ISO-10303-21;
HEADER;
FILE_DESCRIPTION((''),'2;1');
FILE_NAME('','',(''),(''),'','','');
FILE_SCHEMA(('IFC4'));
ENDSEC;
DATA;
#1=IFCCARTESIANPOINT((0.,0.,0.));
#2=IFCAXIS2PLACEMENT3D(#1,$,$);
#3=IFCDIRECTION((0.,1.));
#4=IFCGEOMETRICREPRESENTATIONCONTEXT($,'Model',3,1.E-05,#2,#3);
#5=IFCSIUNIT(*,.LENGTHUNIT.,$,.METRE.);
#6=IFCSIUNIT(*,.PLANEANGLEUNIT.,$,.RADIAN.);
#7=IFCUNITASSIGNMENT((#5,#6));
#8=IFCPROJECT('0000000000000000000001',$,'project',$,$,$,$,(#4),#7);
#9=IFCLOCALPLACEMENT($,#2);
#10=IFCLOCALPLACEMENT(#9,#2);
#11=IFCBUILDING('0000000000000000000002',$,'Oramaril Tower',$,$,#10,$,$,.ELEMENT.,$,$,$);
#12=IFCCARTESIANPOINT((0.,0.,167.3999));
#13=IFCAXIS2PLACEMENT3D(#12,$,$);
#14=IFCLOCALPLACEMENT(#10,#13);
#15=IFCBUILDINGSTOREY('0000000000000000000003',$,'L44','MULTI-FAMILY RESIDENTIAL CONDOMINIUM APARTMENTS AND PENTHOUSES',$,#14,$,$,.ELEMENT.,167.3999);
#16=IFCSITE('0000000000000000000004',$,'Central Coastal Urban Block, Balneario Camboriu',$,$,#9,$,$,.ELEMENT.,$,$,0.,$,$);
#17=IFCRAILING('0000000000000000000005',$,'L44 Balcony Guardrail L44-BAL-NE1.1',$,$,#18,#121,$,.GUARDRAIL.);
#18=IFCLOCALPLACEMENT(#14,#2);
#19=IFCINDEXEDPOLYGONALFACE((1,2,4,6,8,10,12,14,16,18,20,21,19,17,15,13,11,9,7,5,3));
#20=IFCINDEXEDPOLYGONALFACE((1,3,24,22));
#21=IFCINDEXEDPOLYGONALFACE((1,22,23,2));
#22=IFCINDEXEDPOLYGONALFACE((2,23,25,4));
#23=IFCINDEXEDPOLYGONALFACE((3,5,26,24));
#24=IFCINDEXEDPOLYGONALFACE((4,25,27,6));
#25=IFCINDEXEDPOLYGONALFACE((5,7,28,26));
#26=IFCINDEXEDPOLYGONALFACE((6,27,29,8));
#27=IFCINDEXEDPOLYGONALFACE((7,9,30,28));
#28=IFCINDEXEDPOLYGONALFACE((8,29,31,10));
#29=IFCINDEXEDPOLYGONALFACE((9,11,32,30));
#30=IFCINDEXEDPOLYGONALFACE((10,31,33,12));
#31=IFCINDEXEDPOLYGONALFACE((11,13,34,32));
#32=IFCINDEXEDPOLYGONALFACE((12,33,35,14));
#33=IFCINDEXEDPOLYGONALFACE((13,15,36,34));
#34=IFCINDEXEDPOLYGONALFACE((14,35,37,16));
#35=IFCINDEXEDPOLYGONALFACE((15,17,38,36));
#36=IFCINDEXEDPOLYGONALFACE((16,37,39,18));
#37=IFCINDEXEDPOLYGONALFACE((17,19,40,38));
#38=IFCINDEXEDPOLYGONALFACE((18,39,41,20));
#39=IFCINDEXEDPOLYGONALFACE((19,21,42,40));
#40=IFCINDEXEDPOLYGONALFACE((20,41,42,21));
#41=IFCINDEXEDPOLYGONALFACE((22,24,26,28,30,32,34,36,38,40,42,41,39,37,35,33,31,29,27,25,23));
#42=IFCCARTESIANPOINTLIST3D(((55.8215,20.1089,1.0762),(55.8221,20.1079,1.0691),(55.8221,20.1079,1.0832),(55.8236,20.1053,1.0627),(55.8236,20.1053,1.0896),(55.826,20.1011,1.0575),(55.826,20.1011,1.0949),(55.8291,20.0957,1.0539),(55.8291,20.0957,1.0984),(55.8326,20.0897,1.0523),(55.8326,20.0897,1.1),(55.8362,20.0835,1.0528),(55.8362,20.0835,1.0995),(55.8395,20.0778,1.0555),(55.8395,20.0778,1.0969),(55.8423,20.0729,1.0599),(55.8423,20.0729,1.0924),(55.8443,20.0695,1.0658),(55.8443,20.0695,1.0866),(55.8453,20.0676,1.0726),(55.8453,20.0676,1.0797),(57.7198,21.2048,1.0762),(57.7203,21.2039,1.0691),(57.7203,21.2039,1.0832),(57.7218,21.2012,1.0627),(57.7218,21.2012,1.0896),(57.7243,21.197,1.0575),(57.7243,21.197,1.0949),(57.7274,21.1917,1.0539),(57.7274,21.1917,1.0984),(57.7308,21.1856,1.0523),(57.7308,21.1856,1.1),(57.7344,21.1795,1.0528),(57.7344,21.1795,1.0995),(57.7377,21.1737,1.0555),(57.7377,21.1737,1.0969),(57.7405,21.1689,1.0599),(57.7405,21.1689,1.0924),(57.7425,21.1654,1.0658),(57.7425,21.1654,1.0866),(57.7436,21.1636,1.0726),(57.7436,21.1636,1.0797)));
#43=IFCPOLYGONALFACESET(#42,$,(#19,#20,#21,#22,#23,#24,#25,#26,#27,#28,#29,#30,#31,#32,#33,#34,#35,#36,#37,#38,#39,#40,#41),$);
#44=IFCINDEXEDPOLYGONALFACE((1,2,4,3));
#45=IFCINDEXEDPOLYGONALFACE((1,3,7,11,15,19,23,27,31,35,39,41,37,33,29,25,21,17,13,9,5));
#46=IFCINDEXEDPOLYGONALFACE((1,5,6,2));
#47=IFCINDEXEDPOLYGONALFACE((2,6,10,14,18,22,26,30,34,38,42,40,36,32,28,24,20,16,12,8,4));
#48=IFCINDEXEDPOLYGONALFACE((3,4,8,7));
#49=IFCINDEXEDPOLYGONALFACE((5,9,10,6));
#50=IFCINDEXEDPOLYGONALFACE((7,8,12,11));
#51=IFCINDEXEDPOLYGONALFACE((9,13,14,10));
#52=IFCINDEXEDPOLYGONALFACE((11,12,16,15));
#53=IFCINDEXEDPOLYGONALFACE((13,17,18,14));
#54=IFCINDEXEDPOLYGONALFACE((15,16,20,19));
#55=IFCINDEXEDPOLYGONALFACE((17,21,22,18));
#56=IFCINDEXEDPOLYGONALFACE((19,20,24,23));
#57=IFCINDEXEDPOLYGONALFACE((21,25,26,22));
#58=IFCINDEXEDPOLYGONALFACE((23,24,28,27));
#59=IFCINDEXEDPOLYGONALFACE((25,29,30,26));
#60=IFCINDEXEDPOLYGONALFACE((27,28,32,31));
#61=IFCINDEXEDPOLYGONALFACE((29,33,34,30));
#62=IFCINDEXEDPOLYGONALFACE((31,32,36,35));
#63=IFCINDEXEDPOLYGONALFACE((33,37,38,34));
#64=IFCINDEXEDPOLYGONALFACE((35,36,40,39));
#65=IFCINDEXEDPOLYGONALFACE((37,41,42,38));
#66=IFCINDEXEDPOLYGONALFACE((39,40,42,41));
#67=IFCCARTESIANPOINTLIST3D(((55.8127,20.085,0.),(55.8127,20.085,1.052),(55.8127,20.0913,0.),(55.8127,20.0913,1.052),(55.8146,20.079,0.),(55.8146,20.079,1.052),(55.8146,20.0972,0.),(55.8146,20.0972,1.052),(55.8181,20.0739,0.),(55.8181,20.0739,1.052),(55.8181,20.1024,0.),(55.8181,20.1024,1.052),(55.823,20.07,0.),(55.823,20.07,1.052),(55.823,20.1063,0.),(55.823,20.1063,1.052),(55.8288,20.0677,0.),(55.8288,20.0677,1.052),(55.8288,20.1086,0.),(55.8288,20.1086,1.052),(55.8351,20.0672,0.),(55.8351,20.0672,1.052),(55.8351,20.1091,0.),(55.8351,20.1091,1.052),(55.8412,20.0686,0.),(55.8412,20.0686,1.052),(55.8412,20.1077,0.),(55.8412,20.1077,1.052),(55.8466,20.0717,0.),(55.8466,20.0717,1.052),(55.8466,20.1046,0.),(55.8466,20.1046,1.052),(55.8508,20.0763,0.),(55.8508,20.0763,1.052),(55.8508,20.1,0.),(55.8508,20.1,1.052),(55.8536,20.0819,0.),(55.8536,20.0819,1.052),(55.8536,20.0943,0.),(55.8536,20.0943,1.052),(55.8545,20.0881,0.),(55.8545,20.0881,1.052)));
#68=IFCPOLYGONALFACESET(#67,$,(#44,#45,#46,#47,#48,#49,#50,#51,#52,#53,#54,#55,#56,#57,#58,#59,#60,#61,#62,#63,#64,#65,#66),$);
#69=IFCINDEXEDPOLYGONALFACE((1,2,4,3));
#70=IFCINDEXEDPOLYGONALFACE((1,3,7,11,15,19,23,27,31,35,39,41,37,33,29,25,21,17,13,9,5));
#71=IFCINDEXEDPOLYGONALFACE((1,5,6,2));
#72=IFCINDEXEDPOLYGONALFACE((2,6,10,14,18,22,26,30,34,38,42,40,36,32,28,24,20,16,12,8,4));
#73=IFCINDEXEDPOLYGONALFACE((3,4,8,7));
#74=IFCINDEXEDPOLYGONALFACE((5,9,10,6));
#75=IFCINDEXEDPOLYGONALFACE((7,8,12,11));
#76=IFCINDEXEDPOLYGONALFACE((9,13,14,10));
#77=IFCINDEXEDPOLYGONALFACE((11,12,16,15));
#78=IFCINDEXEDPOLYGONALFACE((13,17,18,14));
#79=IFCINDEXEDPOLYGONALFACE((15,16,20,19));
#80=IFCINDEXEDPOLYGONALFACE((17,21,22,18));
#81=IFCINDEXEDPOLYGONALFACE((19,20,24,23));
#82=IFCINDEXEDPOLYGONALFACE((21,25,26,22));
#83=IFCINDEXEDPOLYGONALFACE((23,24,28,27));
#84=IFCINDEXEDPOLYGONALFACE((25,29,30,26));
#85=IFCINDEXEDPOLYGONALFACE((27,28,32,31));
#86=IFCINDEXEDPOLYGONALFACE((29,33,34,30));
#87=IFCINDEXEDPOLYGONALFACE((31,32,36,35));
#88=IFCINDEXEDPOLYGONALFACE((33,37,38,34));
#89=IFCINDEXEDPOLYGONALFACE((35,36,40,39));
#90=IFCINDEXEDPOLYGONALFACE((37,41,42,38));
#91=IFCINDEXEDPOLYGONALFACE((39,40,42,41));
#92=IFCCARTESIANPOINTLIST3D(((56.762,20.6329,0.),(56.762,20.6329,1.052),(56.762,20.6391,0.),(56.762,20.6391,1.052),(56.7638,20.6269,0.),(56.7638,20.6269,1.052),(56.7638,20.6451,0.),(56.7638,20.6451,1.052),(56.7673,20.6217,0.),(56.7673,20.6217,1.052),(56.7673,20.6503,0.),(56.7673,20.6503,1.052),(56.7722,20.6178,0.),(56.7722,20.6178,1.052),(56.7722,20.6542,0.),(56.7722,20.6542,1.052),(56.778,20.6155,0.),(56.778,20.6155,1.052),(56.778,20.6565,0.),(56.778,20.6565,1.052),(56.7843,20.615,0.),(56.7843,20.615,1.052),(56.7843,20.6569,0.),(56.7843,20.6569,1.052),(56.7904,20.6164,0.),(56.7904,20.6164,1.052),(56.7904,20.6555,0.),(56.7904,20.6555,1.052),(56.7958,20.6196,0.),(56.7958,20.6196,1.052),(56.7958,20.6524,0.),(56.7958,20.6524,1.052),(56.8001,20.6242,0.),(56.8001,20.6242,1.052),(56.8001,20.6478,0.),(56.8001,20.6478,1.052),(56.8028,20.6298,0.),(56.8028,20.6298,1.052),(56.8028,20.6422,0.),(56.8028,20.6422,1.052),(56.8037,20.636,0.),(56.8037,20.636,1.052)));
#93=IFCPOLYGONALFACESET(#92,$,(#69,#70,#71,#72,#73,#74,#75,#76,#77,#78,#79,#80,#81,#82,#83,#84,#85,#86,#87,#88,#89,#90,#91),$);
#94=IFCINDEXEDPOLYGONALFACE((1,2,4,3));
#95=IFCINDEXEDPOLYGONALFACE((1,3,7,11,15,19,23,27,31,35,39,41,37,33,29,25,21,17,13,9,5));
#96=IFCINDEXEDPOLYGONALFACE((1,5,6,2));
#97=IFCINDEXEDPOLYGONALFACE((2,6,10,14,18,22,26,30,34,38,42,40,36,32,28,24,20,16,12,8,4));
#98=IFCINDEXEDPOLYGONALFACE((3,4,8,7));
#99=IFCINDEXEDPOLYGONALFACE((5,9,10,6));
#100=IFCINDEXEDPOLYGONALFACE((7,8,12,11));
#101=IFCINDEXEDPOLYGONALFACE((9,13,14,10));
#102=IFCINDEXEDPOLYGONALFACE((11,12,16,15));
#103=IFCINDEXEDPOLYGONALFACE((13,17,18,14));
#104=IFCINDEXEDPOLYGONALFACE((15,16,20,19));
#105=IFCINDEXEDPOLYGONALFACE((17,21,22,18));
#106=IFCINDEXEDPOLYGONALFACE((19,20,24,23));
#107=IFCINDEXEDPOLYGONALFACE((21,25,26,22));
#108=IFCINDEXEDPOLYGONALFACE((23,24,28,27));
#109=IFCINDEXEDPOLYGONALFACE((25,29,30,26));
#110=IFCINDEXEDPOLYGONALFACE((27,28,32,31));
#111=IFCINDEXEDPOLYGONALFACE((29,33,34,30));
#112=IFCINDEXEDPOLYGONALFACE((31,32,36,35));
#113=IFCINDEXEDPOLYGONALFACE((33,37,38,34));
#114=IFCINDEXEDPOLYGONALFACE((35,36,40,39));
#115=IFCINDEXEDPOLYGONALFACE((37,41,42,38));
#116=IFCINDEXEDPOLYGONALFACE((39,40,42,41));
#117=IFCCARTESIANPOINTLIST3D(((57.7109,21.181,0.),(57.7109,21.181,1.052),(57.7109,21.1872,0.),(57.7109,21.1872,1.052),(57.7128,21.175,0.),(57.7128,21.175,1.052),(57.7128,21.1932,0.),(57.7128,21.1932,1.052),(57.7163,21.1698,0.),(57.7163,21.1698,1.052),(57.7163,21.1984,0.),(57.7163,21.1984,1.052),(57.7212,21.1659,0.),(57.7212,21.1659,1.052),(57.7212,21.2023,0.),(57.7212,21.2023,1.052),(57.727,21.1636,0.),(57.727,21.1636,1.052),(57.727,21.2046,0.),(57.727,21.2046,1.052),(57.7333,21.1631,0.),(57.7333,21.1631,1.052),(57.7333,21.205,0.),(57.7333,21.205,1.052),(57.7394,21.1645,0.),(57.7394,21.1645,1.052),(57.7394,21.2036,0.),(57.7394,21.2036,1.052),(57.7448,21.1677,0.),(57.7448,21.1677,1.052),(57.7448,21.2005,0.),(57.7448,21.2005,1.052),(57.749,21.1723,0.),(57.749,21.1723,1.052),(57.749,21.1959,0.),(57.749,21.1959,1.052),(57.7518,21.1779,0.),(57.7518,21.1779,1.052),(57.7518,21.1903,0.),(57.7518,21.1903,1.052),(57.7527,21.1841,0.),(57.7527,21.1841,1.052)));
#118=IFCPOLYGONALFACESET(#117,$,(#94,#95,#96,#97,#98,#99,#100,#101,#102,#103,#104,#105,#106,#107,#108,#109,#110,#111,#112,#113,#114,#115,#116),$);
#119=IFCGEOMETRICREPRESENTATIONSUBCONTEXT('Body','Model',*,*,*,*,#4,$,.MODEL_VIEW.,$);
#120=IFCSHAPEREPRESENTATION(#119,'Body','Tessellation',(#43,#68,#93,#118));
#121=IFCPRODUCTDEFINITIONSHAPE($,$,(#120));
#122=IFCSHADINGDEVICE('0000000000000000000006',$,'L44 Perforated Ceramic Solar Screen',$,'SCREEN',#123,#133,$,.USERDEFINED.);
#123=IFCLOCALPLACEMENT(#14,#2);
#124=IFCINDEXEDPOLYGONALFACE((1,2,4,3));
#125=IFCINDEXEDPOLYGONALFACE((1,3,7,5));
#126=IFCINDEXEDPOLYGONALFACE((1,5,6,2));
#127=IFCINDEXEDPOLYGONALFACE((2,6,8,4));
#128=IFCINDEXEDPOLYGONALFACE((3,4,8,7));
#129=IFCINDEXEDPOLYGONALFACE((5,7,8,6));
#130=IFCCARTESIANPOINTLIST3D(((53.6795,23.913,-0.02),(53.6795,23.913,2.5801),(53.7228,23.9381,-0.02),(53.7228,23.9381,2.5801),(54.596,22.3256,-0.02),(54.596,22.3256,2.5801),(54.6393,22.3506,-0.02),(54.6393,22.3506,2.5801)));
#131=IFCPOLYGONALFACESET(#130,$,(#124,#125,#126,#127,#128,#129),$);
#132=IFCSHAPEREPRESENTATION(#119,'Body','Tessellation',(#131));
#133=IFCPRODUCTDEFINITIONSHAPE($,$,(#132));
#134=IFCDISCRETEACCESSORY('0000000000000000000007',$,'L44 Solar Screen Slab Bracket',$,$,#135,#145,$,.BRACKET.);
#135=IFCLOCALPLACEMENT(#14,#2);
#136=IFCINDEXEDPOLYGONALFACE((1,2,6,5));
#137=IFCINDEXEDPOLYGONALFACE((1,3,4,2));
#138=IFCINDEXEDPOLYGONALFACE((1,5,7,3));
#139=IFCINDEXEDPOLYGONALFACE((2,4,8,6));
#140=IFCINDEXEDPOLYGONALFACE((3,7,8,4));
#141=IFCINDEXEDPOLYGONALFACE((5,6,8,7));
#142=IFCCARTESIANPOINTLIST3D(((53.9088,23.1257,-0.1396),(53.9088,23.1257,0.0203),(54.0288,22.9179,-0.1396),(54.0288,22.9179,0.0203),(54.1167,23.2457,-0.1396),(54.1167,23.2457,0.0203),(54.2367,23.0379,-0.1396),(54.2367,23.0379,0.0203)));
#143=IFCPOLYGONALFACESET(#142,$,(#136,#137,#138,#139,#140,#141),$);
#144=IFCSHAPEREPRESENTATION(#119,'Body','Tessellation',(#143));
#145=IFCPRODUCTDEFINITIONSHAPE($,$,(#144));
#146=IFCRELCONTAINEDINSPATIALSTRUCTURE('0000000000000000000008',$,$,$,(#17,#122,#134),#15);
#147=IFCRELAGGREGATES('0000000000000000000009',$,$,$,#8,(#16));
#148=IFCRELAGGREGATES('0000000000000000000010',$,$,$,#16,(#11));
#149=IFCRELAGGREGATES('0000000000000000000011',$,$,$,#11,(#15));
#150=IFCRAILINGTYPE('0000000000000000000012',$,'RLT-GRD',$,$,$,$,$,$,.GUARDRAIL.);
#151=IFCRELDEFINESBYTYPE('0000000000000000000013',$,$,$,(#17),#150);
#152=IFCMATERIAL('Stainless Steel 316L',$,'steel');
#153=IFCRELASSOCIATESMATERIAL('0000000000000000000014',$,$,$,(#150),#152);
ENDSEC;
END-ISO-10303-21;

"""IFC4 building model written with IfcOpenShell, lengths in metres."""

from ifc_helpers import new_model, si_unit, direction, frame, origin, origin_2d, place, context, subcontext, project, spatial, rectangle, circle, extrude, material, type_object, element, save


model = new_model("IFC4")

# Units and contexts
model_context = context("Model", 3, precision=1e-05, world=origin(), true_north=direction((0.0, 1.0)))
body_context = subcontext(model_context, "Body", "Model", "MODEL_VIEW")
ifc_project = project(units=[si_unit("LENGTHUNIT", "METRE"), si_unit("PLANEANGLEUNIT", "RADIAN")], contexts=[model_context])

# Site, building, storey
site_placement = place(None, origin())
site = spatial("IfcSite", under=ifc_project, at=site_placement, Name="Central Coastal Urban Block, Balneario Camboriu", CompositionType="ELEMENT", RefElevation=0.0)
building_placement = place(site_placement, origin())
building = spatial("IfcBuilding", under=site, at=building_placement, Name="Oramaril Tower", CompositionType="ELEMENT")
storey_placement = place(building_placement, frame((0.0, 0.0, 167.3999)))
storey = spatial("IfcBuildingStorey", under=building, at=storey_placement, Name="L44", Description="MULTI-FAMILY RESIDENTIAL CONDOMINIUM APARTMENTS AND PENTHOUSES", CompositionType="ELEMENT", Elevation=167.3999)

# Railing
ifc_material_1 = material(Name="Stainless Steel 316L", Category="steel")
railing_type = type_object("IfcRailingType", Name="RLT-GRD", PredefinedType="GUARDRAIL", material=ifc_material_1)
railing_1_placement = place(storey_placement, frame((55.8335, 20.0881, 0.0)))
element("IfcRailing", 1, at=railing_1_placement, inside=storey, type_object=railing_type, Name="L44 Balcony Guardrail L44-BAL-NE1.1", PredefinedType="GUARDRAIL", context=body_context, shape_type="SweptSolid", body=[
    extrude(circle(Radius=0.0239, at=origin_2d()), frame((0.0, 0.0, 1.0762), z_axis=(0.866021, 0.500008, 0.0), x_axis=(-0.500008, 0.866021, 0.0)), (0.0, 0.0, 1.0), 2.1919),
    extrude(circle(Radius=0.021, at=origin_2d()), origin(), (0.0, 0.0, 1.0), 1.052),
    extrude(circle(Radius=0.021, at=origin_2d()), frame((0.9492, 0.5479, 0.0)), (0.0, 0.0, 1.0), 1.052),
    extrude(circle(Radius=0.021, at=origin_2d()), frame((1.8982, 1.0959, 0.0)), (0.0, 0.0, 1.0), 1.052),
])

# Shading device
shading_device_placement = place(storey_placement, frame((54.1594, 23.1318, -0.02), z_axis=(0.0, 0.0, 1.0), x_axis=(-0.5, 0.866025, 0.0)))
element("IfcShadingDevice", 2, at=shading_device_placement, inside=storey, Name="L44 Perforated Ceramic Solar Screen", ObjectType="SCREEN", PredefinedType="USERDEFINED", context=body_context, shape_type="SweptSolid", body=[
    extrude(rectangle(XDim=1.833, YDim=0.05, at=origin_2d()), origin(), (0.0, 0.0, 1.0), 2.6001),
])

# Discrete accessory
discrete_accessory_placement = place(storey_placement, frame((54.0728, 23.0818, -0.1396), z_axis=(0.0, 0.0, 1.0), x_axis=(-0.5, 0.866025, 0.0)))
element("IfcDiscreteAccessory", 3, at=discrete_accessory_placement, inside=storey, Name="L44 Solar Screen Slab Bracket", PredefinedType="BRACKET", context=body_context, shape_type="SweptSolid", body=[
    extrude(rectangle(XDim=0.24, YDim=0.24, at=origin_2d()), origin(), (0.0, 0.0, 1.0), 0.1599),
])

save(model, "model.ifc")
